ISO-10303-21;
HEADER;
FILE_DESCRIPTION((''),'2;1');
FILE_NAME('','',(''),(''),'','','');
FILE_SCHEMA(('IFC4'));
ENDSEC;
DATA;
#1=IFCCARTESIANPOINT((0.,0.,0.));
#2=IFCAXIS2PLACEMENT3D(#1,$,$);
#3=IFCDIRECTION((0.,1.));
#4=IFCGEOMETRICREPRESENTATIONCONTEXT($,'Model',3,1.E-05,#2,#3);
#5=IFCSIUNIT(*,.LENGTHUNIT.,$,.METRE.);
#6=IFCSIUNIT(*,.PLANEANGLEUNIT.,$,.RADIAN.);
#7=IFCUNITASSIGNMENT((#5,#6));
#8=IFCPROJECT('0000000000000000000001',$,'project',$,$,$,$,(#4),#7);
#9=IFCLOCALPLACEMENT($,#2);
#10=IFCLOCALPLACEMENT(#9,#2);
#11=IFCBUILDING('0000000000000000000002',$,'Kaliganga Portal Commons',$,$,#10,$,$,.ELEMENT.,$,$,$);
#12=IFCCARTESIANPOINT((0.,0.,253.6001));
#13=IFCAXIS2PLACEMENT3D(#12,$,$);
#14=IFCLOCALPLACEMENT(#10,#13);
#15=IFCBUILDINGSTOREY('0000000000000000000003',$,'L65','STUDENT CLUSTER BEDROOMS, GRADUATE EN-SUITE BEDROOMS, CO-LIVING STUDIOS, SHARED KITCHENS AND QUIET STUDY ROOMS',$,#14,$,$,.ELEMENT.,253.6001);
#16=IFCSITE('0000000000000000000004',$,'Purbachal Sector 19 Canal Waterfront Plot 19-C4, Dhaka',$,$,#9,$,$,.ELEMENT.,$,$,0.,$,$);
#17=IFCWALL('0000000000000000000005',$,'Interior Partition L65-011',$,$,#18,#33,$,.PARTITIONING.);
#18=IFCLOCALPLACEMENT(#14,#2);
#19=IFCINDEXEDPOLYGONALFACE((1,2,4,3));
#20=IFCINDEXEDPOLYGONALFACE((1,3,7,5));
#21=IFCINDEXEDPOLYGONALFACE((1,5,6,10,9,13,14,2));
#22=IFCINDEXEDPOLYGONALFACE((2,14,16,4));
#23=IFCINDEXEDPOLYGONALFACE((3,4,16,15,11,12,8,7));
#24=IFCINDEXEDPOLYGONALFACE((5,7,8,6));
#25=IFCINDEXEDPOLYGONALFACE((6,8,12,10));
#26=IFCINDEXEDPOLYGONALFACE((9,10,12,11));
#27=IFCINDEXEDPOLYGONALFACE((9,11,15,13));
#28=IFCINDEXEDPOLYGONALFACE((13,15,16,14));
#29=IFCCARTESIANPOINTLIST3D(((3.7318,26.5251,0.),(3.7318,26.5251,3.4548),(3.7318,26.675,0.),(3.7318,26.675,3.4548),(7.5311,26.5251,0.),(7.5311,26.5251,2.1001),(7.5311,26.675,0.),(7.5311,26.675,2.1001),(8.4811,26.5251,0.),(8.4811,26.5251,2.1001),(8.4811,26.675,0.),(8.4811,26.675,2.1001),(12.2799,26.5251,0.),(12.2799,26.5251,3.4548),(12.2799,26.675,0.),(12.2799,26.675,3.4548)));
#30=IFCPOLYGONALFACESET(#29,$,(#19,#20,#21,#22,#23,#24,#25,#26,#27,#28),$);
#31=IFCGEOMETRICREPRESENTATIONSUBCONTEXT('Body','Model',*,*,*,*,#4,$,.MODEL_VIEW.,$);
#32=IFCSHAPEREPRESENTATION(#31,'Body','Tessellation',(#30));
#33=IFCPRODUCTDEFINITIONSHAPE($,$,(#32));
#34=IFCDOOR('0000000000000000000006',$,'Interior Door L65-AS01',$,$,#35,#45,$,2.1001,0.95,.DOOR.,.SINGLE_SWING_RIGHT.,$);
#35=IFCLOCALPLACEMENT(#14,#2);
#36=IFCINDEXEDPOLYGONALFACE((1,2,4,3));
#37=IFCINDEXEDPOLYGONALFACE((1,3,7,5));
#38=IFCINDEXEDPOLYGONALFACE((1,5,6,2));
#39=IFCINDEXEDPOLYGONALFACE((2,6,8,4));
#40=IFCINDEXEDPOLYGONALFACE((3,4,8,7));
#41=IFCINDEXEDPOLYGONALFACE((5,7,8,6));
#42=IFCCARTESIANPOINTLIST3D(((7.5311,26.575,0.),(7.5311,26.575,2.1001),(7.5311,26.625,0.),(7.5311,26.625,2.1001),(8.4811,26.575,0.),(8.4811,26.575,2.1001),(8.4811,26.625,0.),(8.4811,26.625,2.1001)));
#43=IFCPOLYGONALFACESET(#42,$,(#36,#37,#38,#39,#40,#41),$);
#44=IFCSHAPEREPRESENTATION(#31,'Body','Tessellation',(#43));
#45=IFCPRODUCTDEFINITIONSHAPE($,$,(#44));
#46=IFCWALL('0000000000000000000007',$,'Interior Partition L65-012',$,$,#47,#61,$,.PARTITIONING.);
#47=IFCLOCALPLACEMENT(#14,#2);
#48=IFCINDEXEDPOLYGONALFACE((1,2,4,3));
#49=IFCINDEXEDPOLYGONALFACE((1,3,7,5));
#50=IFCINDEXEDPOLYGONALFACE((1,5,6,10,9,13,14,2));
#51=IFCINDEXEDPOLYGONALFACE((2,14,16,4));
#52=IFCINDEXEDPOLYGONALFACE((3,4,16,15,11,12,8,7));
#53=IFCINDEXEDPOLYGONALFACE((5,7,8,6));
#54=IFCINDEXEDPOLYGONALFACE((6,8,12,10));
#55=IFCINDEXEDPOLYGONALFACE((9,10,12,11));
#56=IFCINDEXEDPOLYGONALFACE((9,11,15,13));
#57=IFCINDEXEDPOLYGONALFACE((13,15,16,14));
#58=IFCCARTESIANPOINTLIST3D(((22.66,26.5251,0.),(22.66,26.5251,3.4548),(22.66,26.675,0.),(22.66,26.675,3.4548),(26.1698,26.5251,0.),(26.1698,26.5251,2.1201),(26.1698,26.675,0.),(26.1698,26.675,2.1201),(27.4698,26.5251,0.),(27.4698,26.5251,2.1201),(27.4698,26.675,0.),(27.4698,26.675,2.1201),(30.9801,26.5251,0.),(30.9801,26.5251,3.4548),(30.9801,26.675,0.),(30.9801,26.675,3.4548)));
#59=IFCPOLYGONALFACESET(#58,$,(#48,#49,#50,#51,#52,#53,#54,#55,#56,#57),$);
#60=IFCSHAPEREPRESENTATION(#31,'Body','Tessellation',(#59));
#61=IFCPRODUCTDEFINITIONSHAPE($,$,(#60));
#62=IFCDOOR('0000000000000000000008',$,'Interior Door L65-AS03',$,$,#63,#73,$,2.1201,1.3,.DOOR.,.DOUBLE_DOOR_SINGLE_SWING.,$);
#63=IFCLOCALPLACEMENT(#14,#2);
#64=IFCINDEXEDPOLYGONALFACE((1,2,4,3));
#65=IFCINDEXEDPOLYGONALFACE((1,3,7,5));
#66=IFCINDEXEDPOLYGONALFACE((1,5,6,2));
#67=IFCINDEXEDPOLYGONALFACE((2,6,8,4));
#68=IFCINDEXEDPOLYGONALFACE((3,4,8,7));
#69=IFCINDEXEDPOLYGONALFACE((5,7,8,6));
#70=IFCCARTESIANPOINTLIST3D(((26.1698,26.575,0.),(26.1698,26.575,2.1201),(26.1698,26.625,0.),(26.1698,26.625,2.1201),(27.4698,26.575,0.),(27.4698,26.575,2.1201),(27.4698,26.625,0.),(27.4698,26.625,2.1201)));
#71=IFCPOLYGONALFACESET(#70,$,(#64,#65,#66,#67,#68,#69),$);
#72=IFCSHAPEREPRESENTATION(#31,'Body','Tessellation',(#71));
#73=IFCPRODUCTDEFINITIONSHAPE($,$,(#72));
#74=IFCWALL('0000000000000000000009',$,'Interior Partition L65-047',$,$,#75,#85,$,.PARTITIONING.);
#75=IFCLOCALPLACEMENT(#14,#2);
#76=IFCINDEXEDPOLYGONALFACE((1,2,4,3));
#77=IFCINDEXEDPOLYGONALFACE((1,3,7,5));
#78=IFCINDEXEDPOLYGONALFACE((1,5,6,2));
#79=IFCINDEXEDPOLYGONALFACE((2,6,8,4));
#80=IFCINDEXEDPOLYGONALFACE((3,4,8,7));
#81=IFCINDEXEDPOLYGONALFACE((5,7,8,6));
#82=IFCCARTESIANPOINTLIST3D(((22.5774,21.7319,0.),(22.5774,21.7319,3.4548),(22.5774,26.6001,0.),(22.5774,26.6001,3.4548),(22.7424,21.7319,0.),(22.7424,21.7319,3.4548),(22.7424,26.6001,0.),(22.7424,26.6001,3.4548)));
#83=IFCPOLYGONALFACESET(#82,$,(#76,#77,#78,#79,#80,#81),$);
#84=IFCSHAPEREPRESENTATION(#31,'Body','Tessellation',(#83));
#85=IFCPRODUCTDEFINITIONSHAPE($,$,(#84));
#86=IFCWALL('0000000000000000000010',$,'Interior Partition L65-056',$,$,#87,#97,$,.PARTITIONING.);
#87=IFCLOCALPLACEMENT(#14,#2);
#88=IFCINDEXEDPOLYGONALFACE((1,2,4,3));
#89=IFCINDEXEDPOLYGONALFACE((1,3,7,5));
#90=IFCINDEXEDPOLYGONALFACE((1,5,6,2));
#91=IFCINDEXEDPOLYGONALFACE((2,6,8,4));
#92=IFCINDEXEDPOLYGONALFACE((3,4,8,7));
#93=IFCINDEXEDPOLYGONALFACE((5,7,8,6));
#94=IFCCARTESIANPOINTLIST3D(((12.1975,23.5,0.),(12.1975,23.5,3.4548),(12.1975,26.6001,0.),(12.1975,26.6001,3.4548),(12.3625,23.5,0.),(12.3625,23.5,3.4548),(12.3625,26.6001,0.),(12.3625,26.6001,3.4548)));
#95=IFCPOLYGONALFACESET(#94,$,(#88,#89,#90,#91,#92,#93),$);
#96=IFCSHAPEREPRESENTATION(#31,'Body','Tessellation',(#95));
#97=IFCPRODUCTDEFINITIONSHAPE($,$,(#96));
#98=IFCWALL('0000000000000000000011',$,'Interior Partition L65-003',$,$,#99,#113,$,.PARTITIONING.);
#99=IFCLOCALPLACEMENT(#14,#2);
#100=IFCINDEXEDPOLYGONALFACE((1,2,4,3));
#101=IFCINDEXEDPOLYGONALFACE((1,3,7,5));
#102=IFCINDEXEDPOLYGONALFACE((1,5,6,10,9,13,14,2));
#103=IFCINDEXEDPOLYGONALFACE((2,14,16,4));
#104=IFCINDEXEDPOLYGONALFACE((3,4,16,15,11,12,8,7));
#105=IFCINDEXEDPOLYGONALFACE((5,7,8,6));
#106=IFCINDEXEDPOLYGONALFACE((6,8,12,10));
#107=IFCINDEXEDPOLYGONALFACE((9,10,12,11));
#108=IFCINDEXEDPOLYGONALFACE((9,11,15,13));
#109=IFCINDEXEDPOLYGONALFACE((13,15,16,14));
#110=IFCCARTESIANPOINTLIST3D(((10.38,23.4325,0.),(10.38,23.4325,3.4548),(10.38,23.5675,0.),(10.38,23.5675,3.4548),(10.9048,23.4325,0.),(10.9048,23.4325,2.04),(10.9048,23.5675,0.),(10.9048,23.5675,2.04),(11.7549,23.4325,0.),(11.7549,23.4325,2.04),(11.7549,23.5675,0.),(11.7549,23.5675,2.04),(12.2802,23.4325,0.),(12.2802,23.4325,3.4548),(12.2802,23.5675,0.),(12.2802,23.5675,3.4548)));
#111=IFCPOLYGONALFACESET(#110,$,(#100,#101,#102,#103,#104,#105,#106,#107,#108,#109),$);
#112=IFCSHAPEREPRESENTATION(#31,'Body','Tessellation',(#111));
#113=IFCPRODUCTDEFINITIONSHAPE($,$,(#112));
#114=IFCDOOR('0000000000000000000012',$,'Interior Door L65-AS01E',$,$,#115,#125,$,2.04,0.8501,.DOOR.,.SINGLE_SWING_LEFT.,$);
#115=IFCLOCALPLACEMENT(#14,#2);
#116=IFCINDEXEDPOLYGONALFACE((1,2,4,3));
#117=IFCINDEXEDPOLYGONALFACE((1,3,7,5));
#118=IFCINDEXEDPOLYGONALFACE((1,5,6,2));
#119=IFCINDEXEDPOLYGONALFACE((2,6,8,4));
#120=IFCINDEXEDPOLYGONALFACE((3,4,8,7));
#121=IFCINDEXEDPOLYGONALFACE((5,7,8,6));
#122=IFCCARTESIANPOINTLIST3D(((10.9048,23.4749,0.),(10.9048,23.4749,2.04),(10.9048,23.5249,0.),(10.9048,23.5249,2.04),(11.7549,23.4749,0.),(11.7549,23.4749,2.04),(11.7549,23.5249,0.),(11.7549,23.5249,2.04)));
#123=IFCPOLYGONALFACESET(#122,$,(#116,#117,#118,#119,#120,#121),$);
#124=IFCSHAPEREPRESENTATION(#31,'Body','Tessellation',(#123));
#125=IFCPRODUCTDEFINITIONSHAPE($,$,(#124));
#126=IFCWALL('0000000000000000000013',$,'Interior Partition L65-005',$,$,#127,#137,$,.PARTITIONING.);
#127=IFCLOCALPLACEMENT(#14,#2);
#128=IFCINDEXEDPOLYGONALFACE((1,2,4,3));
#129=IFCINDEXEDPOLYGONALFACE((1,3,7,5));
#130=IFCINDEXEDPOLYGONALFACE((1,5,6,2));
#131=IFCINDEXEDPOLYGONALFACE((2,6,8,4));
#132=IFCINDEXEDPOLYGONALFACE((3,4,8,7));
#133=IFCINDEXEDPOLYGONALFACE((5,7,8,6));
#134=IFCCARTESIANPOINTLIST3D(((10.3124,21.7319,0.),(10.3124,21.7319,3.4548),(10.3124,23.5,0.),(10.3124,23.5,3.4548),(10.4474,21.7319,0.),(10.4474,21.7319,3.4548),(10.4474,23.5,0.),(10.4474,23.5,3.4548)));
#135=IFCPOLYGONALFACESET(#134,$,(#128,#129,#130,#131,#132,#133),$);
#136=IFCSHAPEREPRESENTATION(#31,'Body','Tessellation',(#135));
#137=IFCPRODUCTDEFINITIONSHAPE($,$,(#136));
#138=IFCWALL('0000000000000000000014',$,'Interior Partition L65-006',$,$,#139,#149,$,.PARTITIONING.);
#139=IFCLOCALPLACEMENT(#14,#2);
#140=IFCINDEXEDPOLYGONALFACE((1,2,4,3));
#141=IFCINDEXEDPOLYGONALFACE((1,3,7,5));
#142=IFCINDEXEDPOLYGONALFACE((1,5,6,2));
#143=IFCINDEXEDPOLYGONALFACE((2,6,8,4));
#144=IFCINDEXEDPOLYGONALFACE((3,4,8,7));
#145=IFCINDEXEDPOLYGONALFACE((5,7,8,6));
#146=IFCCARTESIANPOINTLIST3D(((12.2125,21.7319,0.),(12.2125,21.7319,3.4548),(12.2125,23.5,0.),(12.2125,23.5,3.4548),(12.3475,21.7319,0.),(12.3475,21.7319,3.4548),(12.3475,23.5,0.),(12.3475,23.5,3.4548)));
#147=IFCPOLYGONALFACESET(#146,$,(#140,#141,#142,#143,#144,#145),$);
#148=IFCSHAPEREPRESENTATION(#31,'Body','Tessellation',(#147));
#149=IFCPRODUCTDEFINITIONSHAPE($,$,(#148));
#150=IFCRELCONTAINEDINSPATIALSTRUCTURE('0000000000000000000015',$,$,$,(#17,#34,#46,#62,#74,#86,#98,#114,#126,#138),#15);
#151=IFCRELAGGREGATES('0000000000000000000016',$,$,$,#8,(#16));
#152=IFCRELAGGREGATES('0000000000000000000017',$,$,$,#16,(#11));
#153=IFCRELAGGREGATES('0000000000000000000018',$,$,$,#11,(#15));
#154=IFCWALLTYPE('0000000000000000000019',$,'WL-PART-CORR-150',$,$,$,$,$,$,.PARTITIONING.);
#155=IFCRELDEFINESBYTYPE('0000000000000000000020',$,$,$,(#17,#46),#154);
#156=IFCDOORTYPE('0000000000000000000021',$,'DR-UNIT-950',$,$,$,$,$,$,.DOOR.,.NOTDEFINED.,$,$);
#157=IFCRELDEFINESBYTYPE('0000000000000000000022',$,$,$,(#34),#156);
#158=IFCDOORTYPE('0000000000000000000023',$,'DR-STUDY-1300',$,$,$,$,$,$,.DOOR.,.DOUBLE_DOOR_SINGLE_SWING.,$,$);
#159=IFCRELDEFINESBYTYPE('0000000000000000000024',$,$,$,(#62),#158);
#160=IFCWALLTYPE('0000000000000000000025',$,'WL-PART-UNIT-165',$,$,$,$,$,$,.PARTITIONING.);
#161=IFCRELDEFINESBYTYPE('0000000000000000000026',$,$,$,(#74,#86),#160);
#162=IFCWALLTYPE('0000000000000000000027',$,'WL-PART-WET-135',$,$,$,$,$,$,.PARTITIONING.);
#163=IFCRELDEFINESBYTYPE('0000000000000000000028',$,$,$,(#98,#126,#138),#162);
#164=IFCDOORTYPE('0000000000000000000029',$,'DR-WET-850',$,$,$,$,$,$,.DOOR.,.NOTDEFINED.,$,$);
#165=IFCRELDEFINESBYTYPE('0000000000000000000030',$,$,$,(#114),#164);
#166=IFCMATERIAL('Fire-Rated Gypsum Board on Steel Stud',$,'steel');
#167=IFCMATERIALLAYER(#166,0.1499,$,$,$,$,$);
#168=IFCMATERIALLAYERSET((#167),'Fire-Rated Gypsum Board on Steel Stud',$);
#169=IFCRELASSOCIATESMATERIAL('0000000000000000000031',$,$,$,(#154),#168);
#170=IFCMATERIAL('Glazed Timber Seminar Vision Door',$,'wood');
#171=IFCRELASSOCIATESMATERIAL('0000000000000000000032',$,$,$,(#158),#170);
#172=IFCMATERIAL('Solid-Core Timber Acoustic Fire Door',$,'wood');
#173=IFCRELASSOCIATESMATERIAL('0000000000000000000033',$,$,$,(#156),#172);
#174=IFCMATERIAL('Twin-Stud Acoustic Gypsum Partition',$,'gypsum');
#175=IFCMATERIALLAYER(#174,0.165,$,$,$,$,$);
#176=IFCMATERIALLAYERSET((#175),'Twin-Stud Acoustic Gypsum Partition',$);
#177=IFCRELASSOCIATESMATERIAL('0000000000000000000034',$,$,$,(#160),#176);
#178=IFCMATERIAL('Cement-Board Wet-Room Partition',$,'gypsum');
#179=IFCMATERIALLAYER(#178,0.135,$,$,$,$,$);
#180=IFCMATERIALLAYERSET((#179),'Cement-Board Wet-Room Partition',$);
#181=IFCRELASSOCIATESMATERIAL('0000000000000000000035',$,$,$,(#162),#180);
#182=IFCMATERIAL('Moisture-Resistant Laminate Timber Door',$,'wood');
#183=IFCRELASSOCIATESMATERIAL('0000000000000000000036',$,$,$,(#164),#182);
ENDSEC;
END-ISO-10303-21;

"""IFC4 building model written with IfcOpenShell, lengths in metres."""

from ifc_helpers import new_model, si_unit, direction, frame, frame_2d, origin, place, context, subcontext, project, spatial, rectangle, extrude, material, layer, layer_set, type_object, element, fill, save


model = new_model("IFC4")

# Units and contexts
model_context = context("Model", 3, precision=1e-05, world=origin(), true_north=direction((0.0, 1.0)))
body_context = subcontext(model_context, "Body", "Model", "MODEL_VIEW")
ifc_project = project(units=[si_unit("LENGTHUNIT", "METRE"), si_unit("PLANEANGLEUNIT", "RADIAN")], contexts=[model_context])

# Site, building, storey
site_placement = place(None, origin())
site = spatial("IfcSite", under=ifc_project, at=site_placement, Name="Purbachal Sector 19 Canal Waterfront Plot 19-C4, Dhaka", CompositionType="ELEMENT", RefElevation=0.0)
building_placement = place(site_placement, origin())
building = spatial("IfcBuilding", under=site, at=building_placement, Name="Kaliganga Portal Commons", CompositionType="ELEMENT")
storey_placement = place(building_placement, frame((0.0, 0.0, 253.6001)))
storey = spatial("IfcBuildingStorey", under=building, at=storey_placement, Name="L65", Description="STUDENT CLUSTER BEDROOMS, GRADUATE EN-SUITE BEDROOMS, CO-LIVING STUDIOS, SHARED KITCHENS AND QUIET STUDY ROOMS", CompositionType="ELEMENT", Elevation=253.6001)

# Walls, openings, doors
ifc_material_1 = material(Name="Fire-Rated Gypsum Board on Steel Stud", Category="steel")
ifc_layer_1 = layer(ifc_material_1, 0.1499)
ifc_layer_set_1 = layer_set([ifc_layer_1], Name="Fire-Rated Gypsum Board on Steel Stud")
wall_type_1 = type_object("IfcWallType", Name="WL-PART-CORR-150", PredefinedType="PARTITIONING", material=ifc_layer_set_1)
ifc_material_2 = material(Name="Glazed Timber Seminar Vision Door", Category="wood")
door_type_1 = type_object("IfcDoorType", Name="DR-STUDY-1300", OperationType="DOUBLE_DOOR_SINGLE_SWING", PredefinedType="DOOR", material=ifc_material_2)
wall_1_placement = place(storey_placement, frame((3.7319, 26.6001, 0.0), z_axis=(0.0, 0.0, 1.0), x_axis=(1.0, 0.0, 0.0)))
wall_1 = element("IfcWall", 1, at=wall_1_placement, inside=storey, type_object=wall_type_1, Name="Interior Partition L65-011", PredefinedType="PARTITIONING", context=body_context, shape_type="SweptSolid", body=[
    extrude(rectangle(XDim=8.5481, YDim=0.1499, at=frame_2d((4.2739, 0.0))), origin(), (0.0, 0.0, 1.0), 3.4548),
])
opening_1_placement = place(wall_1_placement, frame((3.7991, 0.0, 0.0)))
opening_1 = element("IfcOpeningElement", 2, at=opening_1_placement, cuts=wall_1, PredefinedType="OPENING", context=body_context, shape_type="SweptSolid", body=[
    extrude(rectangle(XDim=0.95, YDim=2.1001, at=frame_2d((0.4751, 1.05))), frame((0.0, 0.085, 0.0), z_axis=(0.0, -1.0, 0.0), x_axis=(1.0, 0.0, 0.0)), (0.0, 0.0, 1.0), 0.1699),
])
ifc_material_3 = material(Name="Solid-Core Timber Acoustic Fire Door", Category="wood")
door_type_2 = type_object("IfcDoorType", Name="DR-UNIT-950", OperationType="NOTDEFINED", PredefinedType="DOOR", material=ifc_material_3)
door_1_placement = place(opening_1_placement, origin())
door_1 = element("IfcDoor", 3, at=door_1_placement, inside=storey, type_object=door_type_2, Name="Interior Door L65-AS01", OperationType="SINGLE_SWING_RIGHT", OverallHeight=2.1001, OverallWidth=0.95, PredefinedType="DOOR", context=body_context, shape_type="SweptSolid", body=[
    extrude(rectangle(XDim=0.95, YDim=2.1001, at=frame_2d((0.4751, 1.05))), frame((0.0, 0.0249, 0.0), z_axis=(0.0, -1.0, 0.0), x_axis=(1.0, 0.0, 0.0)), (0.0, 0.0, 1.0), 0.05),
])
fill(opening_1, door_1)
wall_2_placement = place(storey_placement, frame((22.6599, 26.6001, 0.0), z_axis=(0.0, 0.0, 1.0), x_axis=(1.0, 0.0, 0.0)))
wall_2 = element("IfcWall", 4, at=wall_2_placement, inside=storey, type_object=wall_type_1, Name="Interior Partition L65-012", PredefinedType="PARTITIONING", context=body_context, shape_type="SweptSolid", body=[
    extrude(rectangle(XDim=8.3201, YDim=0.1499, at=frame_2d((4.1602, 0.0))), origin(), (0.0, 0.0, 1.0), 3.4548),
])
opening_2_placement = place(wall_2_placement, frame((3.51, 0.0, 0.0)))
opening_2 = element("IfcOpeningElement", 5, at=opening_2_placement, cuts=wall_2, PredefinedType="OPENING", context=body_context, shape_type="SweptSolid", body=[
    extrude(rectangle(XDim=1.3, YDim=2.1201, at=frame_2d((0.6499, 1.0601))), frame((0.0, 0.085, 0.0), z_axis=(0.0, -1.0, 0.0), x_axis=(1.0, 0.0, 0.0)), (0.0, 0.0, 1.0), 0.1699),
])
door_2_placement = place(opening_2_placement, origin())
door_2 = element("IfcDoor", 6, at=door_2_placement, inside=storey, type_object=door_type_1, Name="Interior Door L65-AS03", OperationType="DOUBLE_DOOR_SINGLE_SWING", OverallHeight=2.1201, OverallWidth=1.3, PredefinedType="DOOR", context=body_context, shape_type="SweptSolid", body=[
    extrude(rectangle(XDim=1.3, YDim=2.1201, at=frame_2d((0.6499, 1.0601))), frame((0.0, 0.0249, 0.0), z_axis=(0.0, -1.0, 0.0), x_axis=(1.0, 0.0, 0.0)), (0.0, 0.0, 1.0), 0.05),
])
fill(opening_2, door_2)

# Walls
ifc_material_4 = material(Name="Twin-Stud Acoustic Gypsum Partition", Category="gypsum")
ifc_layer_2 = layer(ifc_material_4, 0.165)
ifc_layer_set_2 = layer_set([ifc_layer_2], Name="Twin-Stud Acoustic Gypsum Partition")
wall_type_2 = type_object("IfcWallType", Name="WL-PART-UNIT-165", PredefinedType="PARTITIONING", material=ifc_layer_set_2)
wall_3_placement = place(storey_placement, frame((22.6599, 21.7319, 0.0), z_axis=(0.0, 0.0, 1.0), x_axis=(0.0, 1.0, 0.0)))
element("IfcWall", 7, at=wall_3_placement, inside=storey, type_object=wall_type_2, Name="Interior Partition L65-047", PredefinedType="PARTITIONING", context=body_context, shape_type="SweptSolid", body=[
    extrude(rectangle(XDim=4.8682, YDim=0.165, at=frame_2d((2.4341, 0.0))), origin(), (0.0, 0.0, 1.0), 3.4548),
])
wall_4_placement = place(storey_placement, frame((12.28, 23.5, 0.0), z_axis=(0.0, 0.0, 1.0), x_axis=(0.0, 1.0, 0.0)))
element("IfcWall", 8, at=wall_4_placement, inside=storey, type_object=wall_type_2, Name="Interior Partition L65-056", PredefinedType="PARTITIONING", context=body_context, shape_type="SweptSolid", body=[
    extrude(rectangle(XDim=3.1001, YDim=0.165, at=frame_2d((1.55, 0.0))), origin(), (0.0, 0.0, 1.0), 3.4548),
])

# Wall, opening, door
ifc_material_5 = material(Name="Cement-Board Wet-Room Partition", Category="gypsum")
ifc_layer_3 = layer(ifc_material_5, 0.135)
ifc_layer_set_3 = layer_set([ifc_layer_3], Name="Cement-Board Wet-Room Partition")
wall_type_3 = type_object("IfcWallType", Name="WL-PART-WET-135", PredefinedType="PARTITIONING", material=ifc_layer_set_3)
wall_5_placement = place(storey_placement, frame((10.3799, 23.5, 0.0), z_axis=(0.0, 0.0, 1.0), x_axis=(1.0, 0.0, 0.0)))
wall_5 = element("IfcWall", 9, at=wall_5_placement, inside=storey, type_object=wall_type_3, Name="Interior Partition L65-003", PredefinedType="PARTITIONING", context=body_context, shape_type="SweptSolid", body=[
    extrude(rectangle(XDim=1.9001, YDim=0.135, at=frame_2d((0.9502, 0.0))), origin(), (0.0, 0.0, 1.0), 3.4548),
])
opening_3_placement = place(wall_5_placement, frame((0.5249, 0.0, 0.0)))
opening_3 = element("IfcOpeningElement", 10, at=opening_3_placement, cuts=wall_5, PredefinedType="OPENING", context=body_context, shape_type="SweptSolid", body=[
    extrude(rectangle(XDim=0.8501, YDim=2.04, at=frame_2d((0.425, 1.02))), frame((0.0, 0.0776, 0.0), z_axis=(0.0, -1.0, 0.0), x_axis=(1.0, 0.0, 0.0)), (0.0, 0.0, 1.0), 0.155),
])
ifc_material_6 = material(Name="Moisture-Resistant Laminate Timber Door", Category="wood")
door_type_3 = type_object("IfcDoorType", Name="DR-WET-850", OperationType="NOTDEFINED", PredefinedType="DOOR", material=ifc_material_6)
door_3_placement = place(opening_3_placement, origin())
door_3 = element("IfcDoor", 11, at=door_3_placement, inside=storey, type_object=door_type_3, Name="Interior Door L65-AS01E", OperationType="SINGLE_SWING_LEFT", OverallHeight=2.04, OverallWidth=0.8501, PredefinedType="DOOR", context=body_context, shape_type="SweptSolid", body=[
    extrude(rectangle(XDim=0.8501, YDim=2.04, at=frame_2d((0.425, 1.02))), frame((0.0, 0.0249, 0.0), z_axis=(0.0, -1.0, 0.0), x_axis=(1.0, 0.0, 0.0)), (0.0, 0.0, 1.0), 0.05),
])
fill(opening_3, door_3)

# Walls
for number, where, z_axis, x_axis, name in (
    (12, (10.3799, 21.7319, 0.0), (0.0, 0.0, 1.0), (0.0, 1.0, 0.0), "Interior Partition L65-005"),
    (13, (12.28, 21.7319, 0.0), (0.0, 0.0, 1.0), (0.0, 1.0, 0.0), "Interior Partition L65-006"),
):
    element("IfcWall", number, at=place(storey_placement, frame(where, z_axis=z_axis, x_axis=x_axis)), inside=storey, type_object=wall_type_3, Name=name, PredefinedType="PARTITIONING", context=body_context, shape_type="SweptSolid", body=[
        extrude(rectangle(XDim=1.7681, YDim=0.135, at=frame_2d((0.884, 0.0))), origin(), (0.0, 0.0, 1.0), 3.4548),
    ])

save(model, "model.ifc")
